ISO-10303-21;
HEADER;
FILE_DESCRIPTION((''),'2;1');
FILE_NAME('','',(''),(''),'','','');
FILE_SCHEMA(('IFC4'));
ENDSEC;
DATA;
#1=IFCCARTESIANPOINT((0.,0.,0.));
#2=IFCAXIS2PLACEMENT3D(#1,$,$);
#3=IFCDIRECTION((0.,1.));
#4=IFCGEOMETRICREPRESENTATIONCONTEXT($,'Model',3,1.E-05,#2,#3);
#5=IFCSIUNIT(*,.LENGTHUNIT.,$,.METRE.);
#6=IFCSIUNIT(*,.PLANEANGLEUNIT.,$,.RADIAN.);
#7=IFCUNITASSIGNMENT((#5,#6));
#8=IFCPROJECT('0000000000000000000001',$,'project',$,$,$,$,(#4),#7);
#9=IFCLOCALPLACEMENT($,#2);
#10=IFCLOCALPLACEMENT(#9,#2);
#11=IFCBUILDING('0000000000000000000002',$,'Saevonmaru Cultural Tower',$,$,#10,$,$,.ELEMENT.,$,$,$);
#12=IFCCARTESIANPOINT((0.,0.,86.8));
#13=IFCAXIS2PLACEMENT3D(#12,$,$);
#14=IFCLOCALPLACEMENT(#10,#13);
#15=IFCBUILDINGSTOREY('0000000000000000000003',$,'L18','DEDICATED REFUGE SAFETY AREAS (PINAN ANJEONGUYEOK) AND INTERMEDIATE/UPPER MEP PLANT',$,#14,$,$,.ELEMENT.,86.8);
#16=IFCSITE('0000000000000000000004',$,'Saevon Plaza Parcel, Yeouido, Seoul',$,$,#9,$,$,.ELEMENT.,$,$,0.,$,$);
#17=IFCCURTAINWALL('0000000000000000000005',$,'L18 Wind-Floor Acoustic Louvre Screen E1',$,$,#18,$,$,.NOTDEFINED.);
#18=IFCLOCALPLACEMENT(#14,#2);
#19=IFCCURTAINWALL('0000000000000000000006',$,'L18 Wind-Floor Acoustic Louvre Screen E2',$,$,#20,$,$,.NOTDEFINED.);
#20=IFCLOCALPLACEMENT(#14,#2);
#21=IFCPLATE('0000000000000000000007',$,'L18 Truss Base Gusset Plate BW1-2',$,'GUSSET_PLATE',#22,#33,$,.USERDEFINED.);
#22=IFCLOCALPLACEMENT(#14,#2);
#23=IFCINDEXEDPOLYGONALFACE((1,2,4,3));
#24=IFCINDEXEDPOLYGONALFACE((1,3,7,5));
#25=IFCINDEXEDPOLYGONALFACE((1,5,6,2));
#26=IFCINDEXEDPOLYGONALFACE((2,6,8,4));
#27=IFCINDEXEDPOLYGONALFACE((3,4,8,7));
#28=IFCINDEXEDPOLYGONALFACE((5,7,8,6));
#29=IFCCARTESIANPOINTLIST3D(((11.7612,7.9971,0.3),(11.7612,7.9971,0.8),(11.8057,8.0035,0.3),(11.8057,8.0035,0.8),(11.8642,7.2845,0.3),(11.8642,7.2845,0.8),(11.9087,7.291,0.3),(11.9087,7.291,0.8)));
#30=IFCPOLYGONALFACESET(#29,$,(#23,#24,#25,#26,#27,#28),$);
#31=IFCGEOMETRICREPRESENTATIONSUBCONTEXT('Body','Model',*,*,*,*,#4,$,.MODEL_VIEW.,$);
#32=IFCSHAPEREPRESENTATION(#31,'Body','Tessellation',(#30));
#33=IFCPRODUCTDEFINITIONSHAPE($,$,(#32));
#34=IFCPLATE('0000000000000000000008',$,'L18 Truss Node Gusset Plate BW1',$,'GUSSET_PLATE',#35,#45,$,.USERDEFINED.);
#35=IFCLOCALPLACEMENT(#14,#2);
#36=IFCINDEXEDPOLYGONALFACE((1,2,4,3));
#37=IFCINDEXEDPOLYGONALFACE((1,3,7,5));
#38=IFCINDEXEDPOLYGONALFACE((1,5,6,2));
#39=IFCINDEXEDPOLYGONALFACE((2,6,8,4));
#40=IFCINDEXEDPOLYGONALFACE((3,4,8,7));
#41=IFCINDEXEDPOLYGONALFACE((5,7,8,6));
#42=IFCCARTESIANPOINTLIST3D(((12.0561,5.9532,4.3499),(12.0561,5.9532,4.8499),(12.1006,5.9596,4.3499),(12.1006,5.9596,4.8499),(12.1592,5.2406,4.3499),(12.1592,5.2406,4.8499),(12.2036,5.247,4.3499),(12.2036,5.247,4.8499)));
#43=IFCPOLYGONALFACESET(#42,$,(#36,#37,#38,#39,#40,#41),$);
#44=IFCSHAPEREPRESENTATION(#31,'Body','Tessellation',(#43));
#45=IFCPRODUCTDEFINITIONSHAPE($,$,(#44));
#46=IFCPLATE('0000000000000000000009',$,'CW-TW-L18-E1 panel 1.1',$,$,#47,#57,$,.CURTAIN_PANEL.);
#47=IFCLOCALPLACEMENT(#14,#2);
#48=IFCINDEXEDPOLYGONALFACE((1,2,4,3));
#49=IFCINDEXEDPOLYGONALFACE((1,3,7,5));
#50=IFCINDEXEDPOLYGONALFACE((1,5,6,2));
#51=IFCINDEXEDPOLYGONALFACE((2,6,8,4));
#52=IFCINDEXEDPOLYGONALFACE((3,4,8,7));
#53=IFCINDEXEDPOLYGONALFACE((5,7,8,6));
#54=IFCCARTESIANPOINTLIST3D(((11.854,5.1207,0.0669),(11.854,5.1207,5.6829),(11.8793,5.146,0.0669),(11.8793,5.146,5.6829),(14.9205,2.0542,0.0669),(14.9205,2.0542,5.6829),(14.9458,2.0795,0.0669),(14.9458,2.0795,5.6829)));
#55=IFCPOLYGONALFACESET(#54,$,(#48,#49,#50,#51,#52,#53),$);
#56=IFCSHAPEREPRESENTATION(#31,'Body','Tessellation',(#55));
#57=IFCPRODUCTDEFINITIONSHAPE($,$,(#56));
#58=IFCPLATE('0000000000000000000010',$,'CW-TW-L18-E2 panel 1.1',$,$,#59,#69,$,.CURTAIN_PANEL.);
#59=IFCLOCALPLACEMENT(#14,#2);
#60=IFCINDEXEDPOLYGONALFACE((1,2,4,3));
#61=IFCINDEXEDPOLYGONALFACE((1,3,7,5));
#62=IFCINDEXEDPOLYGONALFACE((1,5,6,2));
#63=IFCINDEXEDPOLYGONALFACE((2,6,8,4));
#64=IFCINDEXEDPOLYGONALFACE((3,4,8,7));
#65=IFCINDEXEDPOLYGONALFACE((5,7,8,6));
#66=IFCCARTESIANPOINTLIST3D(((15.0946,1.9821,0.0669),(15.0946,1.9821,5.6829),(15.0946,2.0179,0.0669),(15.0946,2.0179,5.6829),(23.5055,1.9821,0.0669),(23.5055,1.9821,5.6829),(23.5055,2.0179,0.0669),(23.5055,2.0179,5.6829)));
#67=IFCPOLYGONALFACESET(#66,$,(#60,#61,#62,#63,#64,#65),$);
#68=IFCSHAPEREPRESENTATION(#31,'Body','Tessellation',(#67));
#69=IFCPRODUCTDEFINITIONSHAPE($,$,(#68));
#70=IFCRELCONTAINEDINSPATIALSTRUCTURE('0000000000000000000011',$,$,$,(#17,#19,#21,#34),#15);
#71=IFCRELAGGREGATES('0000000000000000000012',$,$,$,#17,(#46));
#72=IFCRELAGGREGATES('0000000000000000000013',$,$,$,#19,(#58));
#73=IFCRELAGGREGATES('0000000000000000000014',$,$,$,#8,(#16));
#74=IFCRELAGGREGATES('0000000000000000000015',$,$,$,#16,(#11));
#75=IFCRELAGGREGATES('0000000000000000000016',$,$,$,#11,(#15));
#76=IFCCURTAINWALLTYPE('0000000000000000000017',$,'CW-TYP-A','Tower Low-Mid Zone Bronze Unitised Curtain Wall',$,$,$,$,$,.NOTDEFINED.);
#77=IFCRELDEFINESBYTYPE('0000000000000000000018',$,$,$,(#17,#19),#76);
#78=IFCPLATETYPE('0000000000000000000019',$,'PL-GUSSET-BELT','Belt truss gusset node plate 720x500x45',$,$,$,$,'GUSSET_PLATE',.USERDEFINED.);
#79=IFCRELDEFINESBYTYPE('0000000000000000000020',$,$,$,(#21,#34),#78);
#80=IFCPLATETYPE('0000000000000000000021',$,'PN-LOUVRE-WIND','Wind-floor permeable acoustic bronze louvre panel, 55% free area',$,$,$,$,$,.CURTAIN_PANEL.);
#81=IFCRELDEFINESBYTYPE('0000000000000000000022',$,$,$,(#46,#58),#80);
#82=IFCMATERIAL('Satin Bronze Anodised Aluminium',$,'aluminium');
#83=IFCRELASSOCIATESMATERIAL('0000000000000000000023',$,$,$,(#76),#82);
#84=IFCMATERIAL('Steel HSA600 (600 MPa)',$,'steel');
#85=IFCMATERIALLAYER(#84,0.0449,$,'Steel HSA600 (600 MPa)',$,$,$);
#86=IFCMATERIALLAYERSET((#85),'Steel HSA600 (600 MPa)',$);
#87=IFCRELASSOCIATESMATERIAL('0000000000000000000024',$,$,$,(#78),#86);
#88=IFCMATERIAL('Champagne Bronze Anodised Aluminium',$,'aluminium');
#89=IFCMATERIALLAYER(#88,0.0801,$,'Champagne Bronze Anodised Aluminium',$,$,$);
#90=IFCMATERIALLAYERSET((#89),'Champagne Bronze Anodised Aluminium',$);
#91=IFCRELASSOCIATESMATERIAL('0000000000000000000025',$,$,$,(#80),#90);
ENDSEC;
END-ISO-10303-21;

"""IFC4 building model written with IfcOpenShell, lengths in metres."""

from ifc_helpers import new_model, si_unit, direction, frame, origin, origin_2d, place, context, subcontext, project, spatial, rectangle, extrude, material, layer, layer_set, type_object, element, aggregate, save


model = new_model("IFC4")

# Units and contexts
model_context = context("Model", 3, precision=1e-05, world=origin(), true_north=direction((0.0, 1.0)))
body_context = subcontext(model_context, "Body", "Model", "MODEL_VIEW")
ifc_project = project(units=[si_unit("LENGTHUNIT", "METRE"), si_unit("PLANEANGLEUNIT", "RADIAN")], contexts=[model_context])

# Site, building, storey
site_placement = place(None, origin())
site = spatial("IfcSite", under=ifc_project, at=site_placement, Name="Saevon Plaza Parcel, Yeouido, Seoul", CompositionType="ELEMENT", RefElevation=0.0)
building_placement = place(site_placement, origin())
building = spatial("IfcBuilding", under=site, at=building_placement, Name="Saevonmaru Cultural Tower", CompositionType="ELEMENT")
storey_placement = place(building_placement, frame((0.0, 0.0, 86.8)))
storey = spatial("IfcBuildingStorey", under=building, at=storey_placement, Name="L18", Description="DEDICATED REFUGE SAFETY AREAS (PINAN ANJEONGUYEOK) AND INTERMEDIATE/UPPER MEP PLANT", CompositionType="ELEMENT", Elevation=86.8)

# Shared definitions
ifc_material_1 = material(Name="Steel HSA600 (600 MPa)", Category="steel")

# Curtain walls
ifc_material_2 = material(Name="Satin Bronze Anodised Aluminium", Category="aluminium")
curtain_wall_type = type_object("IfcCurtainWallType", Name="CW-TYP-A", Description="Tower Low-Mid Zone Bronze Unitised Curtain Wall", PredefinedType="NOTDEFINED", material=ifc_material_2)
curtain_wall_1_placement = place(storey_placement, origin())
curtain_wall_1 = element("IfcCurtainWall", 1, at=curtain_wall_1_placement, inside=storey, type_object=curtain_wall_type, Name="L18 Wind-Floor Acoustic Louvre Screen E1", PredefinedType="NOTDEFINED")
curtain_wall_2_placement = place(storey_placement, origin())
curtain_wall_2 = element("IfcCurtainWall", 2, at=curtain_wall_2_placement, inside=storey, type_object=curtain_wall_type, Name="L18 Wind-Floor Acoustic Louvre Screen E2", PredefinedType="NOTDEFINED")

# Plates
ifc_layer_1 = layer(ifc_material_1, 0.0449, Name="Steel HSA600 (600 MPa)")
ifc_layer_set_1 = layer_set([ifc_layer_1], Name="Steel HSA600 (600 MPa)")
plate_type_1 = type_object("IfcPlateType", Name="PL-GUSSET-BELT", Description="Belt truss gusset node plate 720x500x45", ElementType="GUSSET_PLATE", PredefinedType="USERDEFINED", material=ifc_layer_set_1)
for number, where, z_axis, x_axis, name in (
    (3, (11.835, 7.644, 0.3), (0.0, 0.0, 1.0), (-0.143095, 0.989709, 0.0), "L18 Truss Base Gusset Plate BW1-2"),
    (4, (12.1299, 5.6001, 4.3499), (0.0, 0.0, 1.0), (-0.143095, 0.989709, 0.0), "L18 Truss Node Gusset Plate BW1"),
):
    element("IfcPlate", number, at=place(storey_placement, frame(where, z_axis=z_axis, x_axis=x_axis)), inside=storey, type_object=plate_type_1, Name=name, ObjectType="GUSSET_PLATE", PredefinedType="USERDEFINED", context=body_context, shape_type="SweptSolid", body=[
        extrude(rectangle(XDim=0.72, YDim=0.0449, at=origin_2d()), origin(), (0.0, 0.0, 1.0), 0.5),
    ])

# Plates
ifc_material_3 = material(Name="Champagne Bronze Anodised Aluminium", Category="aluminium")
ifc_layer_2 = layer(ifc_material_3, 0.0801, Name="Champagne Bronze Anodised Aluminium")
ifc_layer_set_2 = layer_set([ifc_layer_2], Name="Champagne Bronze Anodised Aluminium")
plate_type_2 = type_object("IfcPlateType", Name="PN-LOUVRE-WIND", Description="Wind-floor permeable acoustic bronze louvre panel, 55% free area", PredefinedType="CURTAIN_PANEL", material=ifc_layer_set_2)
plate_1_placement = place(storey_placement, frame((13.3999, 3.6001, 0.0669), z_axis=(0.0, 0.0, 1.0), x_axis=(0.707107, -0.707107, 0.0)))
plate_1 = element("IfcPlate", 5, at=plate_1_placement, type_object=plate_type_2, Name="CW-TW-L18-E1 panel 1.1", PredefinedType="CURTAIN_PANEL", context=body_context, shape_type="SweptSolid", body=[
    extrude(rectangle(XDim=4.3367, YDim=0.0359, at=origin_2d()), origin(), (0.0, 0.0, 1.0), 5.616),
])
aggregate(curtain_wall_1, [plate_1])
plate_2_placement = place(storey_placement, frame((19.3, 2.0, 0.0669), z_axis=(0.0, 0.0, 1.0), x_axis=(1.0, 0.0, 0.0)))
plate_2 = element("IfcPlate", 6, at=plate_2_placement, type_object=plate_type_2, Name="CW-TW-L18-E2 panel 1.1", PredefinedType="CURTAIN_PANEL", context=body_context, shape_type="SweptSolid", body=[
    extrude(rectangle(XDim=8.4109, YDim=0.0359, at=origin_2d()), origin(), (0.0, 0.0, 1.0), 5.616),
])
aggregate(curtain_wall_2, [plate_2])

save(model, "model.ifc")
